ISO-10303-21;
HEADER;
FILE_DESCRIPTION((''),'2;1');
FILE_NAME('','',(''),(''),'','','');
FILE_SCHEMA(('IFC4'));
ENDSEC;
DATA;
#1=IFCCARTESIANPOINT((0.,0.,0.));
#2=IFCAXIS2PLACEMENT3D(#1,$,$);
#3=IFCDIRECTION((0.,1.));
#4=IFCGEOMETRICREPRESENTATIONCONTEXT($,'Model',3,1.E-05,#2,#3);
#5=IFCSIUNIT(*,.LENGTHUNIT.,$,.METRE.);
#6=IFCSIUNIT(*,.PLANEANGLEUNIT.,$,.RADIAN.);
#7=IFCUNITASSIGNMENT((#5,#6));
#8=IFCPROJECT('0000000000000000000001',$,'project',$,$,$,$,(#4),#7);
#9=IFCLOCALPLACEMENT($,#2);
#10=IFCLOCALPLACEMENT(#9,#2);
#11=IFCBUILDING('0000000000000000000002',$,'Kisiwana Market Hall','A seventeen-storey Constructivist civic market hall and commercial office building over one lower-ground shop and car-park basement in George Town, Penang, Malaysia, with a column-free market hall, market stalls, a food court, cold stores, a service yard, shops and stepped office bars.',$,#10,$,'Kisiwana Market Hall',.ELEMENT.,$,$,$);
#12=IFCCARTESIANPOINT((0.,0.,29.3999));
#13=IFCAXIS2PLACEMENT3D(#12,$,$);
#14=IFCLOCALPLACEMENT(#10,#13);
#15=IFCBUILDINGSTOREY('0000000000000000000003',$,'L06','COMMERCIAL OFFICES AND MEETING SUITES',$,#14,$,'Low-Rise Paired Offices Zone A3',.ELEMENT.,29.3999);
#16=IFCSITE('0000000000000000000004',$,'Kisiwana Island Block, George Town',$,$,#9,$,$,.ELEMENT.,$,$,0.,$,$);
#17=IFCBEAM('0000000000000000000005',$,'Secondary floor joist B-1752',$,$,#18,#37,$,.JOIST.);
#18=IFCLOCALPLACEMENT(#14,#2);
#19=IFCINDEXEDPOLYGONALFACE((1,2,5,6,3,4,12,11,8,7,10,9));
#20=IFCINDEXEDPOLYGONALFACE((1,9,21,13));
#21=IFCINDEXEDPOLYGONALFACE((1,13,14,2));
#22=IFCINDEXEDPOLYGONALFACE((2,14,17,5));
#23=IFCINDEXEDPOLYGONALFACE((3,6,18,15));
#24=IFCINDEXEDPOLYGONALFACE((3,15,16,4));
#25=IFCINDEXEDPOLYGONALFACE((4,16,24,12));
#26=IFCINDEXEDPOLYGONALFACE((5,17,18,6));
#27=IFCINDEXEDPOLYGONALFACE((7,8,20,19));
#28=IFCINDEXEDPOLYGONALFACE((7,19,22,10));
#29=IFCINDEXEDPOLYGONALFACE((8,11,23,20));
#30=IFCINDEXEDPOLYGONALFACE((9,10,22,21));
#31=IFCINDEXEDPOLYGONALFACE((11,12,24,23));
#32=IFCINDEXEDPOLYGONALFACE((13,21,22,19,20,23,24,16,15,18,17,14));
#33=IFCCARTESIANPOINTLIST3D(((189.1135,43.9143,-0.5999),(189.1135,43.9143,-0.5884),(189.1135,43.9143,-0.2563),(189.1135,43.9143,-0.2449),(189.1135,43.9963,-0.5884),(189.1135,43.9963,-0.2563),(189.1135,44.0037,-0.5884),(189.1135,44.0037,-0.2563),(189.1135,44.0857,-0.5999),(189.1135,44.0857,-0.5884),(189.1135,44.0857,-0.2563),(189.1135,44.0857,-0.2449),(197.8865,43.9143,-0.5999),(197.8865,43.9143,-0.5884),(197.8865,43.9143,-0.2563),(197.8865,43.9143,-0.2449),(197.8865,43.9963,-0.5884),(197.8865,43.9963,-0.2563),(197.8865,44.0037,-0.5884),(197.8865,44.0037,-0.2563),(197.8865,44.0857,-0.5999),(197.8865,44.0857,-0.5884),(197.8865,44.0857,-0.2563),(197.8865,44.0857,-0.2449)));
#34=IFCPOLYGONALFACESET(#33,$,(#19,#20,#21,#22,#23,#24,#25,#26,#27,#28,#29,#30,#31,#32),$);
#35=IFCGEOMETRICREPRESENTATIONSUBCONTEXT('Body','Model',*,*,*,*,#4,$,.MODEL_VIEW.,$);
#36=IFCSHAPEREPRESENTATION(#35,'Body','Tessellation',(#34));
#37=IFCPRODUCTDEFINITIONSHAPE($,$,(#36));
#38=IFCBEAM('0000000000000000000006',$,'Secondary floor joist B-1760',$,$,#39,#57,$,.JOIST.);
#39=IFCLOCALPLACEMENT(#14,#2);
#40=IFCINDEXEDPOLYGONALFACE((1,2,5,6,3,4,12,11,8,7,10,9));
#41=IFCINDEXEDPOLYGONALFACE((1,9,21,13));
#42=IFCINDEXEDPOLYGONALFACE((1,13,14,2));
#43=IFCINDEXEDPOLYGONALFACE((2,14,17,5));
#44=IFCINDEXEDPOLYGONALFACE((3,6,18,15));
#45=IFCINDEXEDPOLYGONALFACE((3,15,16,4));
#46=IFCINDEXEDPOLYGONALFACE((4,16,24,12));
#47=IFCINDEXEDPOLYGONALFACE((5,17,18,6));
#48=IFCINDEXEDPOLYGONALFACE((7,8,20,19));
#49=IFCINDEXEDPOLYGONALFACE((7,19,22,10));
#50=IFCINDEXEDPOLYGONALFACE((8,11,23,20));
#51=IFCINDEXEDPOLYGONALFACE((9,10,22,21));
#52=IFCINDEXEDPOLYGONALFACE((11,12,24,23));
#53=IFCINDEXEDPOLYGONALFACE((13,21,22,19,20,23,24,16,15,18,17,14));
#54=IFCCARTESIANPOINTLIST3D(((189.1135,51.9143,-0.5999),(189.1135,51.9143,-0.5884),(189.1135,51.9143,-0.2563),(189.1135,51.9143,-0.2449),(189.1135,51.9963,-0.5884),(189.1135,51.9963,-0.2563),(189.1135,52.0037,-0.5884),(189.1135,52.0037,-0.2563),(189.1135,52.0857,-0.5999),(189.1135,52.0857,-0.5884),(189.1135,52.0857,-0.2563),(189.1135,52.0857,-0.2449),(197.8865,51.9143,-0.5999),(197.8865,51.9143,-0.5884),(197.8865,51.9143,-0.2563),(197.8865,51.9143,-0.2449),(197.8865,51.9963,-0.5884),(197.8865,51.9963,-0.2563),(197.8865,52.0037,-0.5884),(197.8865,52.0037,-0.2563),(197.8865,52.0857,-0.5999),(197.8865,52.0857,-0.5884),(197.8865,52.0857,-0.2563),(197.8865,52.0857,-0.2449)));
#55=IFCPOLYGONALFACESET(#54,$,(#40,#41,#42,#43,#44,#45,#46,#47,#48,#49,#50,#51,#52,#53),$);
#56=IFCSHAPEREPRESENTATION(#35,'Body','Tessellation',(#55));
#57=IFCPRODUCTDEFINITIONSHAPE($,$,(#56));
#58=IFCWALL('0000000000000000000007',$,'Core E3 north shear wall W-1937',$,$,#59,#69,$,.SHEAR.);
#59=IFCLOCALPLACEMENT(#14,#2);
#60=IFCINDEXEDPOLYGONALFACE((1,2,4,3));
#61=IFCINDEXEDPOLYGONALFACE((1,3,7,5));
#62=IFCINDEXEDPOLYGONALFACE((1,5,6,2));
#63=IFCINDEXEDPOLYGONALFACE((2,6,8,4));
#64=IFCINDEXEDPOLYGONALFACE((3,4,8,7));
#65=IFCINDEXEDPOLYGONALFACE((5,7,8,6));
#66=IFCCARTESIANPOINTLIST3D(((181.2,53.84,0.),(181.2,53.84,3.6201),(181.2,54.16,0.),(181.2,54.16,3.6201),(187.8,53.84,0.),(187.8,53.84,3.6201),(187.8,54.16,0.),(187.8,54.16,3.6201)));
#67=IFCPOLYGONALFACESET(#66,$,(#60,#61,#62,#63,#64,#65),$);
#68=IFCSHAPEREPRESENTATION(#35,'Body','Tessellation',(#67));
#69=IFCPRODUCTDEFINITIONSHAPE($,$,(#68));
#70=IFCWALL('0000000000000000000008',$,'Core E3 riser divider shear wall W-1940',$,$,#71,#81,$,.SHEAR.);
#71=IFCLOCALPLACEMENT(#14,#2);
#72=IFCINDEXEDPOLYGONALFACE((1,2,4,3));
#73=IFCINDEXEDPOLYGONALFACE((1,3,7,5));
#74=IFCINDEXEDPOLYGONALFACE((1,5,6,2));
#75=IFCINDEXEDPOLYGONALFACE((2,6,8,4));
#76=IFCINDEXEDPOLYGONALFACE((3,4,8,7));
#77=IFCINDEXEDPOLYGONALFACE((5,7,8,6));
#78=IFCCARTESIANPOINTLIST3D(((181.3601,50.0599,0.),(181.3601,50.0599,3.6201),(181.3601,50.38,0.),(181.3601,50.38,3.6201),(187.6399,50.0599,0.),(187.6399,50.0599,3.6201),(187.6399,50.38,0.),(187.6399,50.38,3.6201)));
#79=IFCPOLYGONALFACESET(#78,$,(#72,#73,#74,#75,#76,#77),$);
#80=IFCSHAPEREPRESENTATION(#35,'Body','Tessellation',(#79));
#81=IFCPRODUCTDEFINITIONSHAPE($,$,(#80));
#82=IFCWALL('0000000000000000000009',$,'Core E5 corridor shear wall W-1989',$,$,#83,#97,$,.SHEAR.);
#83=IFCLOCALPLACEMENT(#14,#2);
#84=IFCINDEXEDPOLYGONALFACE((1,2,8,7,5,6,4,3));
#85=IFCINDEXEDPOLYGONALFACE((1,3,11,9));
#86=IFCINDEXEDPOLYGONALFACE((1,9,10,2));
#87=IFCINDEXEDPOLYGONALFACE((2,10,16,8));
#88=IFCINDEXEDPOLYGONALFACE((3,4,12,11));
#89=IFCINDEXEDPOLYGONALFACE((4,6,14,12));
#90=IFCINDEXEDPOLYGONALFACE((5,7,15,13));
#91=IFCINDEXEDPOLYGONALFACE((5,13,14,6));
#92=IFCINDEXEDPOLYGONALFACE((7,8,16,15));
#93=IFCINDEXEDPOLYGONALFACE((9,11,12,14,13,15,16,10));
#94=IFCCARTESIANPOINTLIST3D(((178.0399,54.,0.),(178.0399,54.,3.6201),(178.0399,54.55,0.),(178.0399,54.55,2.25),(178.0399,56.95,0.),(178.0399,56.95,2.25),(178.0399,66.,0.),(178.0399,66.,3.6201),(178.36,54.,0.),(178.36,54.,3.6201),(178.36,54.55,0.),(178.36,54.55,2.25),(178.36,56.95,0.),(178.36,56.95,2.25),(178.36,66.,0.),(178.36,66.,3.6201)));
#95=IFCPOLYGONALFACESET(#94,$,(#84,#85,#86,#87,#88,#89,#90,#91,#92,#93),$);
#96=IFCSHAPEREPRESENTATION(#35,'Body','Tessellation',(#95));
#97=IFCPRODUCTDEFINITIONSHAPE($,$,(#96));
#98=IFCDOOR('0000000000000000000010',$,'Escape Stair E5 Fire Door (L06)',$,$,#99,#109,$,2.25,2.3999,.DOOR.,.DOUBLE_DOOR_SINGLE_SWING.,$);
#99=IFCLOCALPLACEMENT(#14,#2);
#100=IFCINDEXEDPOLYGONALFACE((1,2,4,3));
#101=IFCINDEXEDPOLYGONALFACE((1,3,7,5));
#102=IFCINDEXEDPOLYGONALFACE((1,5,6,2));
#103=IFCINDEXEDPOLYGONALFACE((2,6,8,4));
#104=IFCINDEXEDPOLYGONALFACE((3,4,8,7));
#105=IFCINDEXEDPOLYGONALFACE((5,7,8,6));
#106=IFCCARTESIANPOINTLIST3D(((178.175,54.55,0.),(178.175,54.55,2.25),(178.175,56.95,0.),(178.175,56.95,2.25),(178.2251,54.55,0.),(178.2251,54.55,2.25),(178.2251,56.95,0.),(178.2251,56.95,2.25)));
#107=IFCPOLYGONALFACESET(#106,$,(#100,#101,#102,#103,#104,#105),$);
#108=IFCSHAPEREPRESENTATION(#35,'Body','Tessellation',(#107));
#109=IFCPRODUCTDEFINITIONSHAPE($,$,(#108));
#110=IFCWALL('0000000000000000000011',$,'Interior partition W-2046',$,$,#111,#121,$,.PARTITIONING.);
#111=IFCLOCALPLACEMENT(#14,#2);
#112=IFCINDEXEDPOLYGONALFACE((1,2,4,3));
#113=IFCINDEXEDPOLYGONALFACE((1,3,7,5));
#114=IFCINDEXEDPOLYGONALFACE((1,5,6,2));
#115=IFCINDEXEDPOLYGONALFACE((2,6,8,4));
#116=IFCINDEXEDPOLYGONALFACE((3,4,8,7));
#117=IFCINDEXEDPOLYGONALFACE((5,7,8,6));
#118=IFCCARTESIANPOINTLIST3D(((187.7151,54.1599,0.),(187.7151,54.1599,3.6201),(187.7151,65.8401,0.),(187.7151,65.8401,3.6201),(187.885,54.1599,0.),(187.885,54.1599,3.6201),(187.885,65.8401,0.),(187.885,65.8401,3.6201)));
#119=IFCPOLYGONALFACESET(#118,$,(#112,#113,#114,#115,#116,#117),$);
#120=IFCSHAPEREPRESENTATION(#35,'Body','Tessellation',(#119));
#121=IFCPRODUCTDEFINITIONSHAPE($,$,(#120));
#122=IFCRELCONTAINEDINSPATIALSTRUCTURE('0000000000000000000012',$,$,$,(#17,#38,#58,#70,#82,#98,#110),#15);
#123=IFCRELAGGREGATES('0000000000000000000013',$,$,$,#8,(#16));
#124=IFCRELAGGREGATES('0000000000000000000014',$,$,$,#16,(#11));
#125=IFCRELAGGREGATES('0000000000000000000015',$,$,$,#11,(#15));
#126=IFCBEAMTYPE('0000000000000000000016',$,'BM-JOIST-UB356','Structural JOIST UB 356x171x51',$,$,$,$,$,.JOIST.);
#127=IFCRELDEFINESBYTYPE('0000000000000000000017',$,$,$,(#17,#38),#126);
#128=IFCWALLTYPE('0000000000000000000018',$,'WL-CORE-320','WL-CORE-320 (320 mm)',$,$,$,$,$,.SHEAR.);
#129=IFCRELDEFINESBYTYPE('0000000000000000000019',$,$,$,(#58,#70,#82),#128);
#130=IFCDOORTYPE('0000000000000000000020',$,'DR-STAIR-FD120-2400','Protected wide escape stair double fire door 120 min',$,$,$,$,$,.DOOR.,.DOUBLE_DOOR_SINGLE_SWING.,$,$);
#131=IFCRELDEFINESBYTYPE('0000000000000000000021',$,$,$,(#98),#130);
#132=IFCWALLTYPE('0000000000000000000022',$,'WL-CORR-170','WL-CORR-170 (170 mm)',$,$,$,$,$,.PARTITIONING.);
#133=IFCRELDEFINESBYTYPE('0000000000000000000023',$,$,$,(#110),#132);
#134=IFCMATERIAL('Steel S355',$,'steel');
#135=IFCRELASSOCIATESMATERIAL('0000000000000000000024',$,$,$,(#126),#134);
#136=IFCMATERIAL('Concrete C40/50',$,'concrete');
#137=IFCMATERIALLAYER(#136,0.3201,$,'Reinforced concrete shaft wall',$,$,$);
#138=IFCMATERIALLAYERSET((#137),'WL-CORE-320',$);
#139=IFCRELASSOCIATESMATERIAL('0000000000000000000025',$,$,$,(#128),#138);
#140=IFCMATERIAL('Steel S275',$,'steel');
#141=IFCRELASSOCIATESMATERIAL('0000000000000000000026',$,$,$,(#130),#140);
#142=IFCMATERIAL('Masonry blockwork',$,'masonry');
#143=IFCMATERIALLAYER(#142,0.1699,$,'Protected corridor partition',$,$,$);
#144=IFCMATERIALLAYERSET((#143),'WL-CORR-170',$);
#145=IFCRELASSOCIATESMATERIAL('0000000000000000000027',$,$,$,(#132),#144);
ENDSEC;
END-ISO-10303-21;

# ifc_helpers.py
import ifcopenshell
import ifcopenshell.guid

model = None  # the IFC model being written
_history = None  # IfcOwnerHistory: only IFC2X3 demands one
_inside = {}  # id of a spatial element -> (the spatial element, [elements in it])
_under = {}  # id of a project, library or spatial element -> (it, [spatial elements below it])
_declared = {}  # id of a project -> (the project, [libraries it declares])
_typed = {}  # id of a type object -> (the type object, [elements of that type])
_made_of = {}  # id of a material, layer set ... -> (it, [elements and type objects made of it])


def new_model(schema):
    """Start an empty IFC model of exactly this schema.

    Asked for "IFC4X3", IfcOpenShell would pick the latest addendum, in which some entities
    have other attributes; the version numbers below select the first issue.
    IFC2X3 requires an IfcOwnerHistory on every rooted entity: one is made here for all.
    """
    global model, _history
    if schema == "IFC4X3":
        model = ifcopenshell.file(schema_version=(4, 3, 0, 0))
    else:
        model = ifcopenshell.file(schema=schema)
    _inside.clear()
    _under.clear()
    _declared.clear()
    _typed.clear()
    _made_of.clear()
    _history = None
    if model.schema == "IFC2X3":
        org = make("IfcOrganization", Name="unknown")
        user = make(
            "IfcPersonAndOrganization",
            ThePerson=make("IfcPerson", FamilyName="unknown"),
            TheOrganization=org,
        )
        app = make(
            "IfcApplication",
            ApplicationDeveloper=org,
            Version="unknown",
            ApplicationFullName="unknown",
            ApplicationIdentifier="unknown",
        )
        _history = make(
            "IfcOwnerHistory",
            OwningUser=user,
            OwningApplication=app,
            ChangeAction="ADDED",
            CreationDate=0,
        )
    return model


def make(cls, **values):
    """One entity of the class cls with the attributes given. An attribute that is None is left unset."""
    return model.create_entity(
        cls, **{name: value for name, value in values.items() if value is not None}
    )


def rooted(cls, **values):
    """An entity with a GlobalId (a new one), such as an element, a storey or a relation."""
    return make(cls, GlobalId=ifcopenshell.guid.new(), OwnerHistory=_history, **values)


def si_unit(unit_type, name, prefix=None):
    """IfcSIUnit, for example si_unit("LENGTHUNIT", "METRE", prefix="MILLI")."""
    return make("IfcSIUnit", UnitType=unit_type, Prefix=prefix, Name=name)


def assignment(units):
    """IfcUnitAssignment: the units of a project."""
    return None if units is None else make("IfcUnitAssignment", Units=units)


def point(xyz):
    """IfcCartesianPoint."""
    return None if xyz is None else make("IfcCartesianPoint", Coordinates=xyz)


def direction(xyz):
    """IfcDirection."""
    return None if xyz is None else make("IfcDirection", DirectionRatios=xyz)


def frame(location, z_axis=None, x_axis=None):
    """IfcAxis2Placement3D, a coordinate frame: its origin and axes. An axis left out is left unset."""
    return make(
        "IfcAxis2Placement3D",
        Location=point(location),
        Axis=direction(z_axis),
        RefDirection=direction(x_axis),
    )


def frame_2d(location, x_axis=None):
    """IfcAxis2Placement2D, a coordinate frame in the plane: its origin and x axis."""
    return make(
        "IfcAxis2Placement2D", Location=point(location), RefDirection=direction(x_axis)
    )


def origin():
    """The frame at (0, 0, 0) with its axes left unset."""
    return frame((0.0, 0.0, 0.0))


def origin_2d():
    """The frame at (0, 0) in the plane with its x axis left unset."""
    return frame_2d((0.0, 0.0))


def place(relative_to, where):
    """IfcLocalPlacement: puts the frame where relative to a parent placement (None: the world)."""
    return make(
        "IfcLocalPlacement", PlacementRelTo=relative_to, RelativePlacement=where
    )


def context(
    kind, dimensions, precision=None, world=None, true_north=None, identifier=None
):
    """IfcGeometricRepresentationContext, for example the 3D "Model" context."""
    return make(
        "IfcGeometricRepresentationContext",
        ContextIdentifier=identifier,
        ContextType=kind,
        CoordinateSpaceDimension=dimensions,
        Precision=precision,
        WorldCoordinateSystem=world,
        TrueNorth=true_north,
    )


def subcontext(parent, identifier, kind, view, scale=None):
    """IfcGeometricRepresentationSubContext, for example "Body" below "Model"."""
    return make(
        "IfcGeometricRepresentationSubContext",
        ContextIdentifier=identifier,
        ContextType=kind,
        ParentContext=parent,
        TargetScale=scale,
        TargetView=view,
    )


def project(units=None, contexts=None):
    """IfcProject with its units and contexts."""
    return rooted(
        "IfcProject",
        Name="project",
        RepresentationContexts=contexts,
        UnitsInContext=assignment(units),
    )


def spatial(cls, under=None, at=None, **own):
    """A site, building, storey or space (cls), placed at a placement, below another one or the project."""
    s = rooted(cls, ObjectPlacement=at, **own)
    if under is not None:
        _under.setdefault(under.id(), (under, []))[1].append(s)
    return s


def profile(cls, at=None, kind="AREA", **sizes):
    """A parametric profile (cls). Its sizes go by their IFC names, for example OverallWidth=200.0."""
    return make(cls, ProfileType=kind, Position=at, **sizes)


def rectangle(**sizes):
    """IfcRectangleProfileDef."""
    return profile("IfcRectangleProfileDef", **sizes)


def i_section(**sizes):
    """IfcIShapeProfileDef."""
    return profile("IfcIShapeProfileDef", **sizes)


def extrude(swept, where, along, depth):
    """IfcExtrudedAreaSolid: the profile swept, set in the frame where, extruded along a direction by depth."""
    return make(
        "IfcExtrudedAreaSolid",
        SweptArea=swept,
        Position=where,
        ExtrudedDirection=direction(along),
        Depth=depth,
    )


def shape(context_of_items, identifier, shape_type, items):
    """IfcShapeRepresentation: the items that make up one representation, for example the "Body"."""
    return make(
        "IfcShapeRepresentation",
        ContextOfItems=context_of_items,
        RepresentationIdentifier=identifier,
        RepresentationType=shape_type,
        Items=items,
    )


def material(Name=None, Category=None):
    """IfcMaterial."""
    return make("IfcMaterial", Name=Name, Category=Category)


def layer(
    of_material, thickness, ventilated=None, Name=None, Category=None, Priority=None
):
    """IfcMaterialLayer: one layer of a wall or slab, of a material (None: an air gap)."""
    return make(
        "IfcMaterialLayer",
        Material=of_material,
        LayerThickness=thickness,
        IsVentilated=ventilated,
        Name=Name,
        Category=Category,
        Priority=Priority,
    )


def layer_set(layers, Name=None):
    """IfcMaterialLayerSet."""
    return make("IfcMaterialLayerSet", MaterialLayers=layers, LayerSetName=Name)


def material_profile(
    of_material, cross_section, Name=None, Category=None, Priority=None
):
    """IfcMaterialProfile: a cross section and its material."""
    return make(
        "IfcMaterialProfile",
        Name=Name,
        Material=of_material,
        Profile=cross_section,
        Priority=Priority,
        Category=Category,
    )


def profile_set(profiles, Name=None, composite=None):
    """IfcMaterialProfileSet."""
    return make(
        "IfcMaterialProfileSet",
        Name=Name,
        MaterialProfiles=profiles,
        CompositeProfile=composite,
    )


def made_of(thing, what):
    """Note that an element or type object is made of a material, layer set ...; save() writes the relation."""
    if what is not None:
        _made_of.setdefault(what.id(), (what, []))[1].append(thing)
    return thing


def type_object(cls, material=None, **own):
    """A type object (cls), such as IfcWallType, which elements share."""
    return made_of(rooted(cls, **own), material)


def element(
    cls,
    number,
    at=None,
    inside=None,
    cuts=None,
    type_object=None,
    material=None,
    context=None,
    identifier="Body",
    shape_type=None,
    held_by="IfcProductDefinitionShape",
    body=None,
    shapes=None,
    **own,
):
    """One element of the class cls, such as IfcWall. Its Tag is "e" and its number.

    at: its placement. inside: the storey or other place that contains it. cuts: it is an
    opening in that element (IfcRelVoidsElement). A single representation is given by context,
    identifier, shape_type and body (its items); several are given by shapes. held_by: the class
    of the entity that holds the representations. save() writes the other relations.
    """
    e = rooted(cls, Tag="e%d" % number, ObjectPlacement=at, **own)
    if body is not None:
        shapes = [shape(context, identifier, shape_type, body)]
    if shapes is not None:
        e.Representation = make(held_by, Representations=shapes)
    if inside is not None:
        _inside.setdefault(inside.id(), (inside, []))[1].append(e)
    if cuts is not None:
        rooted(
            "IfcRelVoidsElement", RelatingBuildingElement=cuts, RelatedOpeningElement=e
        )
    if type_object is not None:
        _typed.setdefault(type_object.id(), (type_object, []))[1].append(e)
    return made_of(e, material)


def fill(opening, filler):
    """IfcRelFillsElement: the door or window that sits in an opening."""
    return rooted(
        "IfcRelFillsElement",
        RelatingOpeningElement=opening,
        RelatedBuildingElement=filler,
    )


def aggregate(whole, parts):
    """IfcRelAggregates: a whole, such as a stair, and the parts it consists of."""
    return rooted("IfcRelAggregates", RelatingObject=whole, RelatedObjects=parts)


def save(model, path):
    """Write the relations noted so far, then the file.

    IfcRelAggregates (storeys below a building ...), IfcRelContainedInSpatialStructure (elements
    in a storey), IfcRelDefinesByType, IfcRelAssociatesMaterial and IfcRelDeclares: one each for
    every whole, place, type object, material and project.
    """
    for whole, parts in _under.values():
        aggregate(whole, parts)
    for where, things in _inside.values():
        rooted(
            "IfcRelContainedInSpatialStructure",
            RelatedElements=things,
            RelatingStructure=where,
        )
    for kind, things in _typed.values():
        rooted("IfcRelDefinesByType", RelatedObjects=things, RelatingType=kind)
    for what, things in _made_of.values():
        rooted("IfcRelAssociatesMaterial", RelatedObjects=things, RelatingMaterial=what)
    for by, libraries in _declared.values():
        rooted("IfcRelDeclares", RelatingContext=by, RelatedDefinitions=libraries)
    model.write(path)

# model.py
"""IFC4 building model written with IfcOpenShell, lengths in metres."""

from ifc_helpers import new_model, si_unit, direction, frame, frame_2d, origin, origin_2d, place, context, subcontext, project, spatial, rectangle, i_section, extrude, material, layer, layer_set, material_profile, profile_set, type_object, element, fill, save


model = new_model("IFC4")

# Units and contexts
model_context = context("Model", 3, precision=1e-05, world=origin(), true_north=direction((0.0, 1.0)))
body_context = subcontext(model_context, "Body", "Model", "MODEL_VIEW")
ifc_project = project(units=[si_unit("LENGTHUNIT", "METRE"), si_unit("PLANEANGLEUNIT", "RADIAN")], contexts=[model_context])

# Site, building, storey
site_placement = place(None, origin())
site = spatial("IfcSite", under=ifc_project, at=site_placement, Name="Kisiwana Island Block, George Town", CompositionType="ELEMENT", RefElevation=0.0)
building_placement = place(site_placement, origin())
building = spatial("IfcBuilding", under=site, at=building_placement, Name="Kisiwana Market Hall", Description="A seventeen-storey Constructivist civic market hall and commercial office building over one lower-ground shop and car-park basement in George Town, Penang, Malaysia, with a column-free market hall, market stalls, a food court, cold stores, a service yard, shops and stepped office bars.", LongName="Kisiwana Market Hall", CompositionType="ELEMENT")
storey_placement = place(building_placement, frame((0.0, 0.0, 29.3999)))
storey = spatial("IfcBuildingStorey", under=building, at=storey_placement, Name="L06", Description="COMMERCIAL OFFICES AND MEETING SUITES", LongName="Low-Rise Paired Offices Zone A3", CompositionType="ELEMENT", Elevation=29.3999)

# Beams
ifc_material_1 = material(Name="Steel S355", Category="steel")
ifc_material_profile = material_profile(ifc_material_1, i_section(OverallWidth=0.1714, OverallDepth=0.355, WebThickness=0.0073, FlangeThickness=0.0115, at=origin_2d()), Name="UB 356x171x51")
ifc_profile_set = profile_set([ifc_material_profile], Name="Steel S355")
beam_type = type_object("IfcBeamType", Name="BM-JOIST-UB356", Description="Structural JOIST UB 356x171x51", PredefinedType="JOIST", material=ifc_profile_set)
for number, where, z_axis, x_axis, name in (
    (1, (189.1135, 44.0, -0.4224), (1.0, 0.0, 0.0), (0.0, 1.0, 0.0), "Secondary floor joist B-1752"),
    (2, (189.1135, 52.0, -0.4224), (1.0, 0.0, 0.0), (0.0, 1.0, 0.0), "Secondary floor joist B-1760"),
):
    element("IfcBeam", number, at=place(storey_placement, frame(where, z_axis=z_axis, x_axis=x_axis)), inside=storey, type_object=beam_type, Name=name, PredefinedType="JOIST", context=body_context, shape_type="SweptSolid", body=[
        extrude(i_section(OverallWidth=0.1714, OverallDepth=0.355, WebThickness=0.0073, FlangeThickness=0.0115, at=origin_2d()), origin(), (0.0, 0.0, 1.0), 8.7729),
    ])

# Walls
ifc_material_2 = material(Name="Concrete C40/50", Category="concrete")
ifc_layer_1 = layer(ifc_material_2, 0.3201, Name="Reinforced concrete shaft wall")
ifc_layer_set_1 = layer_set([ifc_layer_1], Name="WL-CORE-320")
wall_type_1 = type_object("IfcWallType", Name="WL-CORE-320", Description="WL-CORE-320 (320 mm)", PredefinedType="SHEAR", material=ifc_layer_set_1)
wall_1_placement = place(storey_placement, frame((181.2, 54.0, 0.0), z_axis=(0.0, 0.0, 1.0), x_axis=(1.0, 0.0, 0.0)))
element("IfcWall", 3, at=wall_1_placement, inside=storey, type_object=wall_type_1, Name="Core E3 north shear wall W-1937", PredefinedType="SHEAR", context=body_context, shape_type="SweptSolid", body=[
    extrude(rectangle(XDim=6.6001, YDim=0.3201, at=frame_2d((3.3, 0.0))), origin(), (0.0, 0.0, 1.0), 3.6201),
])
wall_2_placement = place(storey_placement, frame((181.3601, 50.22, 0.0), z_axis=(0.0, 0.0, 1.0), x_axis=(1.0, 0.0, 0.0)))
element("IfcWall", 4, at=wall_2_placement, inside=storey, type_object=wall_type_1, Name="Core E3 riser divider shear wall W-1940", PredefinedType="SHEAR", context=body_context, shape_type="SweptSolid", body=[
    extrude(rectangle(XDim=6.2798, YDim=0.3201, at=frame_2d((3.1399, 0.0))), origin(), (0.0, 0.0, 1.0), 3.6201),
])

# Wall, opening, door
wall_3_placement = place(storey_placement, frame((178.2, 54.0, 0.0), z_axis=(0.0, 0.0, 1.0), x_axis=(0.0, 1.0, 0.0)))
wall_3 = element("IfcWall", 5, at=wall_3_placement, inside=storey, type_object=wall_type_1, Name="Core E5 corridor shear wall W-1989", PredefinedType="SHEAR", context=body_context, shape_type="SweptSolid", body=[
    extrude(rectangle(XDim=12.0, YDim=0.3201, at=frame_2d((6.0, 0.0))), origin(), (0.0, 0.0, 1.0), 3.6201),
])
opening_1_placement = place(wall_3_placement, frame((0.55, 0.0, 0.0)))
opening_1 = element("IfcOpeningElement", 6, at=opening_1_placement, cuts=wall_3, PredefinedType="OPENING", context=body_context, shape_type="SweptSolid", body=[
    extrude(rectangle(XDim=2.3999, YDim=2.25, at=frame_2d((1.2, 1.125))), frame((0.0, 0.1719, 0.0), z_axis=(0.0, -1.0, 0.0), x_axis=(1.0, 0.0, 0.0)), (0.0, 0.0, 1.0), 0.344),
])
ifc_material_3 = material(Name="Steel S275", Category="steel")
door_type_1 = type_object("IfcDoorType", Name="DR-STAIR-FD120-2400", Description="Protected wide escape stair double fire door 120 min", OperationType="DOUBLE_DOOR_SINGLE_SWING", PredefinedType="DOOR", material=ifc_material_3)
door_1_placement = place(opening_1_placement, origin())
door_1 = element("IfcDoor", 7, at=door_1_placement, inside=storey, type_object=door_type_1, Name="Escape Stair E5 Fire Door (L06)", OperationType="DOUBLE_DOOR_SINGLE_SWING", OverallHeight=2.25, OverallWidth=2.3999, PredefinedType="DOOR", context=body_context, shape_type="SweptSolid", body=[
    extrude(rectangle(XDim=2.3999, YDim=2.25, at=frame_2d((1.2, 1.125))), frame((0.0, 0.0249, 0.0), z_axis=(0.0, -1.0, 0.0), x_axis=(1.0, 0.0, 0.0)), (0.0, 0.0, 1.0), 0.05),
])
fill(opening_1, door_1)

# Wall
ifc_material_4 = material(Name="Masonry blockwork", Category="masonry")
ifc_layer_2 = layer(ifc_material_4, 0.1699, Name="Protected corridor partition")
ifc_layer_set_2 = layer_set([ifc_layer_2], Name="WL-CORR-170")
wall_type_2 = type_object("IfcWallType", Name="WL-CORR-170", Description="WL-CORR-170 (170 mm)", PredefinedType="PARTITIONING", material=ifc_layer_set_2)
wall_4_placement = place(storey_placement, frame((187.8, 54.1599, 0.0), z_axis=(0.0, 0.0, 1.0), x_axis=(0.0, 1.0, 0.0)))
element("IfcWall", 8, at=wall_4_placement, inside=storey, type_object=wall_type_2, Name="Interior partition W-2046", PredefinedType="PARTITIONING", context=body_context, shape_type="SweptSolid", body=[
    extrude(rectangle(XDim=11.6802, YDim=0.1699, at=frame_2d((5.8401, 0.0))), origin(), (0.0, 0.0, 1.0), 3.6201),
])

save(model, "model.ifc")
